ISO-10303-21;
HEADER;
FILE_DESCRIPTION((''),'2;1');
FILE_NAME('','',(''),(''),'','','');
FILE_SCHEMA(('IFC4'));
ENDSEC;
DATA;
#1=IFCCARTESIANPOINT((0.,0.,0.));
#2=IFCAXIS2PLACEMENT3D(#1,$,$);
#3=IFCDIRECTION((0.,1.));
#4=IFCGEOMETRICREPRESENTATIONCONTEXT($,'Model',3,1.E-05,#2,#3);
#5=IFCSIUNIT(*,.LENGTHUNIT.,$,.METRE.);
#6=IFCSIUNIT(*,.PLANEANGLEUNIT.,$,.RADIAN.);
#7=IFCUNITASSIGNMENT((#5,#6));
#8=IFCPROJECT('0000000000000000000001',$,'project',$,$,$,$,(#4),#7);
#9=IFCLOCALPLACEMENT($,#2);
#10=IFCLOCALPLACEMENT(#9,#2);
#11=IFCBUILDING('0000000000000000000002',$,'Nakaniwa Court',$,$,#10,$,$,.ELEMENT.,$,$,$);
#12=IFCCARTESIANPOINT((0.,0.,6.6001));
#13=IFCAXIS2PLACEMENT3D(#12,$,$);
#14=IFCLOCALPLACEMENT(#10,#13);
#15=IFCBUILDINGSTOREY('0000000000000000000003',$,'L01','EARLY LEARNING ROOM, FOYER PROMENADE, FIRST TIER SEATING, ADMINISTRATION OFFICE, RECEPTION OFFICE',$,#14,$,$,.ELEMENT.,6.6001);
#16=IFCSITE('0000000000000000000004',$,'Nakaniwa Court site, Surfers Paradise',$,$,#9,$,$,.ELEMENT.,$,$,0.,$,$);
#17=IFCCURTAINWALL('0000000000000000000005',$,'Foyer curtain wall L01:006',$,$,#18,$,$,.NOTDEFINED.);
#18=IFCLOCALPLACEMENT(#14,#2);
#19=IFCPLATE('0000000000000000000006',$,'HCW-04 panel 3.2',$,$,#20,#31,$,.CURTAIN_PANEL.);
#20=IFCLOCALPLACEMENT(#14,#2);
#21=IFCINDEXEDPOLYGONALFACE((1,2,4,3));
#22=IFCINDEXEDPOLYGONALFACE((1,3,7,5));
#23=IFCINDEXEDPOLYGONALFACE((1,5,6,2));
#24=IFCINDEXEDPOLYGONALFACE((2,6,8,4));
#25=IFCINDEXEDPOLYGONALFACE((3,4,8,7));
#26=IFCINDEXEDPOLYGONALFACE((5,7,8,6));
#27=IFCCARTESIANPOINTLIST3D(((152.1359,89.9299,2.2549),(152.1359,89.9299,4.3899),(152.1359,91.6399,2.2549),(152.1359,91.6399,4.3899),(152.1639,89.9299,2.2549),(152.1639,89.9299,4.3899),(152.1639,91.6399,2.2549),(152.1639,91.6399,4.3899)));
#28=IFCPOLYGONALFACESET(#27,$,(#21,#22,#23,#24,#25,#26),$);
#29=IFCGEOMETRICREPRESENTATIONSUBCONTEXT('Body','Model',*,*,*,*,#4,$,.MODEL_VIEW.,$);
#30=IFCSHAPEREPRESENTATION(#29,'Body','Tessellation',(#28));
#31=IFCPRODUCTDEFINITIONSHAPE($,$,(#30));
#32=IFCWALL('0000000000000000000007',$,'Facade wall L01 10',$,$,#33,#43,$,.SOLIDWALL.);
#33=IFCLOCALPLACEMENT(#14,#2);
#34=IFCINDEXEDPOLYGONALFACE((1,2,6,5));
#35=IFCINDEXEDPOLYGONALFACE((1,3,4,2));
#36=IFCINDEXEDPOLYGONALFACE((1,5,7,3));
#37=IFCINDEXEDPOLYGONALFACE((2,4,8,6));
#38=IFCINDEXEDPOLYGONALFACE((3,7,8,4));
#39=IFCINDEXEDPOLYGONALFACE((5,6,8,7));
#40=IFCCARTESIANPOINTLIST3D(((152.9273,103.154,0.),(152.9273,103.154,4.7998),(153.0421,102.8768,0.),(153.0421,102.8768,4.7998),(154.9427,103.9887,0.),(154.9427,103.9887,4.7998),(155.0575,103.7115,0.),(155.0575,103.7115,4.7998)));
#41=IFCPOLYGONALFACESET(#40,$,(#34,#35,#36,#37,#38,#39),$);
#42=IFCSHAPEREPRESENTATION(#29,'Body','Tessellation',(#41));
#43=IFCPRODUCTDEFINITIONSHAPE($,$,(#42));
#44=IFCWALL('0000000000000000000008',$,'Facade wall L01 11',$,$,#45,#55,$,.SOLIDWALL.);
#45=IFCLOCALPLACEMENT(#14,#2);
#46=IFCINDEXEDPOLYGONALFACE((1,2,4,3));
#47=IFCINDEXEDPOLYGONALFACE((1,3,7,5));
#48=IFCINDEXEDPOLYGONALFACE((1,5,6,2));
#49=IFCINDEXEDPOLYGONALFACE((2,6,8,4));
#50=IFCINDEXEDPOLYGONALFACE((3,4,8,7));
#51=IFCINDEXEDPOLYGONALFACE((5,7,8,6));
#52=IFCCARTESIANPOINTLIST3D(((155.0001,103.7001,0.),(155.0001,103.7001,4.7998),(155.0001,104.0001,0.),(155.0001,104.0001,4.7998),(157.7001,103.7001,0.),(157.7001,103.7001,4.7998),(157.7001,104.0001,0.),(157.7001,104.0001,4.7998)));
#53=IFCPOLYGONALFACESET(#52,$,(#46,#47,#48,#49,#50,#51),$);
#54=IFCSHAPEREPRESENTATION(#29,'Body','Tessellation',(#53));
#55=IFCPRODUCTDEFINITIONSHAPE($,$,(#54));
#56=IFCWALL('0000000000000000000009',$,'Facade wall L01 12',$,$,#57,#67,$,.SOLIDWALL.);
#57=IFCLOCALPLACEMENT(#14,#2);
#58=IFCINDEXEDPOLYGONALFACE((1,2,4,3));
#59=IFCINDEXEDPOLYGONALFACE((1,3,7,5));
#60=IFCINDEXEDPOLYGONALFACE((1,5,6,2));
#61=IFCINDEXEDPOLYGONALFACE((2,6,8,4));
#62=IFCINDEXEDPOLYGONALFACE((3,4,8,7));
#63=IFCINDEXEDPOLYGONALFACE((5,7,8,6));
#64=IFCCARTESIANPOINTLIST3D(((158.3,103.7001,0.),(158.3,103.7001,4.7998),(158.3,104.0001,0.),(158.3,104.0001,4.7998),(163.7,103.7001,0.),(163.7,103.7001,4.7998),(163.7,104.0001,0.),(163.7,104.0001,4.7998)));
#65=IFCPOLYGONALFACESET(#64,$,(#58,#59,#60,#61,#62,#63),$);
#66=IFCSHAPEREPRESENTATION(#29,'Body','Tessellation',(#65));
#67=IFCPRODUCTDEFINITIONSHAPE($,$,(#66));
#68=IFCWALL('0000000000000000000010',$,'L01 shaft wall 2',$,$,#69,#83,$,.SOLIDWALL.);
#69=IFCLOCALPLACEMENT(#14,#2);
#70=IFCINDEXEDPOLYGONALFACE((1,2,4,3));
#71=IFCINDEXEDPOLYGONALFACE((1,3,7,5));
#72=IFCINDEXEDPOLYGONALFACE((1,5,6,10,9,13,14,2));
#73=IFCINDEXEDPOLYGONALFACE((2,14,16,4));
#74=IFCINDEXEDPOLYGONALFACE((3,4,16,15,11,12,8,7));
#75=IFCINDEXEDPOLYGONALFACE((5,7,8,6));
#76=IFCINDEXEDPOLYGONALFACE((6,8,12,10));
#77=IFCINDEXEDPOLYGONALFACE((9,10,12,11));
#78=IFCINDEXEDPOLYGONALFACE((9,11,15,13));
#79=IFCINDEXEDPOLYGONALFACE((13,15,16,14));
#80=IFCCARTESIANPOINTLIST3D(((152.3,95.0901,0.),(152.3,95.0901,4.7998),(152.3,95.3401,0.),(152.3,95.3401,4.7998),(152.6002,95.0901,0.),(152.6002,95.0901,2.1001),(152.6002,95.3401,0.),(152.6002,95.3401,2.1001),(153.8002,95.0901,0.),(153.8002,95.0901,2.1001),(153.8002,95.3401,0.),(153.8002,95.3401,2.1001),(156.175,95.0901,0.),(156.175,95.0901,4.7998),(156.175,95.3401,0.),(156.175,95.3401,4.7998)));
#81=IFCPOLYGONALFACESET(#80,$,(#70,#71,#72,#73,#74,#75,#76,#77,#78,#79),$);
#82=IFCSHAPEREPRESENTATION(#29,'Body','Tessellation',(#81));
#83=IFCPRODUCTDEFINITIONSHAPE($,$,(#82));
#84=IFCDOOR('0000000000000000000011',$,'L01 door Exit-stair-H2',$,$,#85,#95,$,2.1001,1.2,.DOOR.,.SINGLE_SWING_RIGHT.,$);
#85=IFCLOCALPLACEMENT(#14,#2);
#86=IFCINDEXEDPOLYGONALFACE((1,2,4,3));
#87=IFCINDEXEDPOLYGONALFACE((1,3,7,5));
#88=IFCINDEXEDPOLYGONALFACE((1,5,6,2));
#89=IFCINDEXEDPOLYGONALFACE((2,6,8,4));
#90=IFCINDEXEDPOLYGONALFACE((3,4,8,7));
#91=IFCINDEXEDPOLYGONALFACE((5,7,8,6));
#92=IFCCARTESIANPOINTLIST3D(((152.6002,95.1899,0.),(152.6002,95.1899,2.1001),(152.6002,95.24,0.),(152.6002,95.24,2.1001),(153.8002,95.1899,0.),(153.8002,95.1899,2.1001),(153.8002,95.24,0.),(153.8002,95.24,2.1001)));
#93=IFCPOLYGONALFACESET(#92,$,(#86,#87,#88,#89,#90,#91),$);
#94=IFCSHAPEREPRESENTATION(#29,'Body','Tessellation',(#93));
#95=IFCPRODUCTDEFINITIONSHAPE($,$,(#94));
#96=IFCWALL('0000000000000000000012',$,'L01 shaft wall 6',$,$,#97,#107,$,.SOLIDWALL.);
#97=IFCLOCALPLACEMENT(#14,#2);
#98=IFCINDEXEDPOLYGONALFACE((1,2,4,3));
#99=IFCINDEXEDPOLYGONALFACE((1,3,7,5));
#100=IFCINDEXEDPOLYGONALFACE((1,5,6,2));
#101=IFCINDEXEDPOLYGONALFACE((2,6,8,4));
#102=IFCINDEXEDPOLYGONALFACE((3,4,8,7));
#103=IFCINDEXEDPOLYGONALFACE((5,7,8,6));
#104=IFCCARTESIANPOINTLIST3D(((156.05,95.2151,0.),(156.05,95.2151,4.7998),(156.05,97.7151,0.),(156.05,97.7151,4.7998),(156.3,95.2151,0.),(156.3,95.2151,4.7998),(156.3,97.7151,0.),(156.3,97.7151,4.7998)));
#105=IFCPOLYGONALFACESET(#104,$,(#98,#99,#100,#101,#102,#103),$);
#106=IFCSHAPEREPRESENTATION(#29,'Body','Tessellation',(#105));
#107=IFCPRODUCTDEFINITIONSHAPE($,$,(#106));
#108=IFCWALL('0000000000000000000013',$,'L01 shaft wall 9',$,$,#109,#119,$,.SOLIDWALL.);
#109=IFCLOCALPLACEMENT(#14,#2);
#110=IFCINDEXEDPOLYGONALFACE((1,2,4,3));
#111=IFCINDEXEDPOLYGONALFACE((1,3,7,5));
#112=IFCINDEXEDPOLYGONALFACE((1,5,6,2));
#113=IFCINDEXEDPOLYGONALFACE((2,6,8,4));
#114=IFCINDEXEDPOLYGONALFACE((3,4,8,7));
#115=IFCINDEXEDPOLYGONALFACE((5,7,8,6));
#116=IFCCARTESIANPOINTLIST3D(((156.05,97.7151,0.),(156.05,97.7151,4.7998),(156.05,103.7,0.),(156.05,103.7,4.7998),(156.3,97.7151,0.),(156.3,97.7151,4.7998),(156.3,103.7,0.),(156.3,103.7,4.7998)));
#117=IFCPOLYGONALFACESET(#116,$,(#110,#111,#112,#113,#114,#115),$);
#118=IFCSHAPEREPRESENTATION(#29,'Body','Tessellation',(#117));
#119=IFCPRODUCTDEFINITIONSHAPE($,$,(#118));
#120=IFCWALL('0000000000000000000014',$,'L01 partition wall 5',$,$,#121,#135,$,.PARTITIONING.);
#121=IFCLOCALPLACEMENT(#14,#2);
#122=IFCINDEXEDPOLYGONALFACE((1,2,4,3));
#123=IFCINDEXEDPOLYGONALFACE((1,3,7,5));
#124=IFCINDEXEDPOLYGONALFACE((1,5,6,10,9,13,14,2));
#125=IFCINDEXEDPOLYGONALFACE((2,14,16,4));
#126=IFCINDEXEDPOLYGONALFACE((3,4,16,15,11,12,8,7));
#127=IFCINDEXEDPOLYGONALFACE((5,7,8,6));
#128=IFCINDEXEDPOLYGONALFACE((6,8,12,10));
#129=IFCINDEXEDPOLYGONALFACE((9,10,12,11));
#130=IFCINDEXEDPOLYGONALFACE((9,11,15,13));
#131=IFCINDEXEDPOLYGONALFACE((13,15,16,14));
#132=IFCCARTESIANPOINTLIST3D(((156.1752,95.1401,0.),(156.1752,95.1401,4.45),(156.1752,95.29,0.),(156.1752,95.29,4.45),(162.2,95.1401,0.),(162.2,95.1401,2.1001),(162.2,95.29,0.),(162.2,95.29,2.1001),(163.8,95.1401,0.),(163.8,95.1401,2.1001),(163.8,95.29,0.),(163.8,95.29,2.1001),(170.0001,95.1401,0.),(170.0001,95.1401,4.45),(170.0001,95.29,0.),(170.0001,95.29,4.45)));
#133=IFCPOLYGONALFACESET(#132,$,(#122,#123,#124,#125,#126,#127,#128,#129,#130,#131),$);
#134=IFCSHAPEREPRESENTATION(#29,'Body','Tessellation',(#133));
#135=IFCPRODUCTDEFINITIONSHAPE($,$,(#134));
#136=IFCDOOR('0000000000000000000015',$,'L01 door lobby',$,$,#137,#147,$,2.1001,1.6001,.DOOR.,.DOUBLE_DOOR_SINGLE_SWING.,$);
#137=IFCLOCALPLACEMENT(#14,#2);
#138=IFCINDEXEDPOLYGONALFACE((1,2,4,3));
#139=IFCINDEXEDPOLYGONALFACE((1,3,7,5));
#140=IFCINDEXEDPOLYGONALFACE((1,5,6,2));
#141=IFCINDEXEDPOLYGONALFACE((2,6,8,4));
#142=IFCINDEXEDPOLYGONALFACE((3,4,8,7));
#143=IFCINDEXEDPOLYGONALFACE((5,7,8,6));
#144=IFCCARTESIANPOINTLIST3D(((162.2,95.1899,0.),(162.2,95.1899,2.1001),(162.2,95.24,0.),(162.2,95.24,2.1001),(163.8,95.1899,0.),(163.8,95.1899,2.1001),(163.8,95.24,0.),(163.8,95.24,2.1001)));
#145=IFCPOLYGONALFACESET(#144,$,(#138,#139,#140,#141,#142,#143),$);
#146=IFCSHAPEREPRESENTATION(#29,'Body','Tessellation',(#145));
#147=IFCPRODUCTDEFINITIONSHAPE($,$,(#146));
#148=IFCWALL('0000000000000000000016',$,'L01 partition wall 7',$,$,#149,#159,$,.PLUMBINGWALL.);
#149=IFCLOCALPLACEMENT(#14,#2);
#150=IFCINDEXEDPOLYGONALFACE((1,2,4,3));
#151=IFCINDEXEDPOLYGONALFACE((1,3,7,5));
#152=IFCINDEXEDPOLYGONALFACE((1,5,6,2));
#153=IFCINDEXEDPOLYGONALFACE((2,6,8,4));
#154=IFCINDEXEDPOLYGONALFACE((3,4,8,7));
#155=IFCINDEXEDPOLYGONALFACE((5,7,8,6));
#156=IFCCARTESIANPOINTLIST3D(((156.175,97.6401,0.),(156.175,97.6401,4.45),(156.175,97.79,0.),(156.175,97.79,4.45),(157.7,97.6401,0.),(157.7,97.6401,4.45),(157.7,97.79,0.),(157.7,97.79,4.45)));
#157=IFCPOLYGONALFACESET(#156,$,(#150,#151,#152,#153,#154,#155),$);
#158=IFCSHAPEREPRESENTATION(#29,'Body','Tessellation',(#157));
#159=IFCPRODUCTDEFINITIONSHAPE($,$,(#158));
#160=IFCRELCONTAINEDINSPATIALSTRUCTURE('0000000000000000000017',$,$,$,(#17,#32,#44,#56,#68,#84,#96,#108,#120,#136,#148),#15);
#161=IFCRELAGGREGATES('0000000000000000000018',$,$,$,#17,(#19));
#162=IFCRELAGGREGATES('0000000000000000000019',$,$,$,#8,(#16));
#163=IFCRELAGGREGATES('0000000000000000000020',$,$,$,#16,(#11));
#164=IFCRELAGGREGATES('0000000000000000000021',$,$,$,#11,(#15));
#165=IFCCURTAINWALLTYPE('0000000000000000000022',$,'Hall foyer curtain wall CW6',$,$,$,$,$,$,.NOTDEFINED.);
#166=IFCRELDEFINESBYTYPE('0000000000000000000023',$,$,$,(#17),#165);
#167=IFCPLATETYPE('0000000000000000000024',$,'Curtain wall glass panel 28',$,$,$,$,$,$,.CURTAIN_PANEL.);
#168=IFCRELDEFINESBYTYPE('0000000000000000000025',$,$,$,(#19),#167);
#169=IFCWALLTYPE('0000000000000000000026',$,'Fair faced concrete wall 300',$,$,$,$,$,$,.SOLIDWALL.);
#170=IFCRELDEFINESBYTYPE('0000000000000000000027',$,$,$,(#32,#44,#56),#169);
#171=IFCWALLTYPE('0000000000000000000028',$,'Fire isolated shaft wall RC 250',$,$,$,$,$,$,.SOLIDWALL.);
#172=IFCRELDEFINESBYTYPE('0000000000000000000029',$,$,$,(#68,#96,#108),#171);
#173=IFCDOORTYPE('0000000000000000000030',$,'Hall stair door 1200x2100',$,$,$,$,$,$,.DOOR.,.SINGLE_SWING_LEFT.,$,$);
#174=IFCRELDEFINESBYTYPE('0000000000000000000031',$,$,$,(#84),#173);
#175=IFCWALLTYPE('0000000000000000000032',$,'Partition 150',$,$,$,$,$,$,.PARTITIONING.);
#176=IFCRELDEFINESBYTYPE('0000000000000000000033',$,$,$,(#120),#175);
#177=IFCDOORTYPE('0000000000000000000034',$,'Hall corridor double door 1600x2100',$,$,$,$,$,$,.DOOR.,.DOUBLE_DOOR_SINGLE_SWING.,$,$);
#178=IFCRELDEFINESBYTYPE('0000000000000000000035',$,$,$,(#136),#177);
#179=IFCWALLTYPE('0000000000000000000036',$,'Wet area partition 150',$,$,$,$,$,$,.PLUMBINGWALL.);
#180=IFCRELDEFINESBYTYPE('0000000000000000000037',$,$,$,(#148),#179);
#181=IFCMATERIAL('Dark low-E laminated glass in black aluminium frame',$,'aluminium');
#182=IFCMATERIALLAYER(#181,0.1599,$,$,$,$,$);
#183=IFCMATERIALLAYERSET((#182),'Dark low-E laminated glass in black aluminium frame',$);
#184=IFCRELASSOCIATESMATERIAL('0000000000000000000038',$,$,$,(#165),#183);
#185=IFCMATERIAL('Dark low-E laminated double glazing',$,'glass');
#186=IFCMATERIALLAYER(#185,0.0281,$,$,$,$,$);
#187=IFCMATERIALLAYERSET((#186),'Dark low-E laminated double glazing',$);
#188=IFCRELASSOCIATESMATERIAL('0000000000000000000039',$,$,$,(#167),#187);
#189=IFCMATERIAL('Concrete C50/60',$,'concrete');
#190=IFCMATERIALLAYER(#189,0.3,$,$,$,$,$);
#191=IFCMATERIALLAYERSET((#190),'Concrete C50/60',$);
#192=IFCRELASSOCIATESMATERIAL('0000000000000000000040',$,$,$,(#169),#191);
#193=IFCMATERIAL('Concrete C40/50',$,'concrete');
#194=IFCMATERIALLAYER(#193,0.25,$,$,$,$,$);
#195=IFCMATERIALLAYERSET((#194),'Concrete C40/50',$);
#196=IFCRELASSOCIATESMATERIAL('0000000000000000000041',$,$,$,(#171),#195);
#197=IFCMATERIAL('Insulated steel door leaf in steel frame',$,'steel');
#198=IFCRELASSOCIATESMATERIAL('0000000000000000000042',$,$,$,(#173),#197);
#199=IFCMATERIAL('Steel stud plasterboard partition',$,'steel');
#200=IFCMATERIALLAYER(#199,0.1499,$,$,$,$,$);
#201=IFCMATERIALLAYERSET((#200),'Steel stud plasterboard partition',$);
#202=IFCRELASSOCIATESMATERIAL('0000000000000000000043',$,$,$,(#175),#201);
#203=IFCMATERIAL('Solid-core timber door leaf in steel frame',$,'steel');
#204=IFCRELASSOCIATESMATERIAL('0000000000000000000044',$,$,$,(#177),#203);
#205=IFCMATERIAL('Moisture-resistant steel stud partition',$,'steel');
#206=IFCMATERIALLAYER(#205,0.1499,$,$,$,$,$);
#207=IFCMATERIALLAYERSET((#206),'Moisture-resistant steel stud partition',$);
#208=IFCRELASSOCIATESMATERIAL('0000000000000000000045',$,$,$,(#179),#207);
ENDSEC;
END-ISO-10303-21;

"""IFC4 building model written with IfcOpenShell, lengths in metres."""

from ifc_helpers import new_model, si_unit, direction, frame, frame_2d, origin, origin_2d, place, context, subcontext, project, spatial, rectangle, extrude, material, layer, layer_set, type_object, element, fill, aggregate, save


model = new_model("IFC4")

# Units and contexts
model_context = context("Model", 3, precision=1e-05, world=origin(), true_north=direction((0.0, 1.0)))
body_context = subcontext(model_context, "Body", "Model", "MODEL_VIEW")
ifc_project = project(units=[si_unit("LENGTHUNIT", "METRE"), si_unit("PLANEANGLEUNIT", "RADIAN")], contexts=[model_context])

# Site, building, storey
site_placement = place(None, origin())
site = spatial("IfcSite", under=ifc_project, at=site_placement, Name="Nakaniwa Court site, Surfers Paradise", CompositionType="ELEMENT", RefElevation=0.0)
building_placement = place(site_placement, origin())
building = spatial("IfcBuilding", under=site, at=building_placement, Name="Nakaniwa Court", CompositionType="ELEMENT")
storey_placement = place(building_placement, frame((0.0, 0.0, 6.6001)))
storey = spatial("IfcBuildingStorey", under=building, at=storey_placement, Name="L01", Description="EARLY LEARNING ROOM, FOYER PROMENADE, FIRST TIER SEATING, ADMINISTRATION OFFICE, RECEPTION OFFICE", CompositionType="ELEMENT", Elevation=6.6001)

# Shared definitions
ifc_material_1 = material(Name="Concrete C50/60", Category="concrete")

# Curtain wall, plate
ifc_material_2 = material(Name="Dark low-E laminated glass in black aluminium frame", Category="aluminium")
ifc_layer_1 = layer(ifc_material_2, 0.1599)
ifc_layer_set_1 = layer_set([ifc_layer_1], Name="Dark low-E laminated glass in black aluminium frame")
curtain_wall_type = type_object("IfcCurtainWallType", Name="Hall foyer curtain wall CW6", PredefinedType="NOTDEFINED", material=ifc_layer_set_1)
curtain_wall_placement = place(storey_placement, origin())
curtain_wall = element("IfcCurtainWall", 1, at=curtain_wall_placement, inside=storey, type_object=curtain_wall_type, Name="Foyer curtain wall L01:006", PredefinedType="NOTDEFINED")
ifc_material_3 = material(Name="Dark low-E laminated double glazing", Category="glass")
ifc_layer_2 = layer(ifc_material_3, 0.0281)
ifc_layer_set_2 = layer_set([ifc_layer_2], Name="Dark low-E laminated double glazing")
plate_type = type_object("IfcPlateType", Name="Curtain wall glass panel 28", PredefinedType="CURTAIN_PANEL", material=ifc_layer_set_2)
plate_1_placement = place(storey_placement, frame((152.1499, 90.7849, 2.2549), z_axis=(0.0, 0.0, 1.0), x_axis=(0.0, 1.0, 0.0)))
plate_1 = element("IfcPlate", 2, at=plate_1_placement, type_object=plate_type, Name="HCW-04 panel 3.2", PredefinedType="CURTAIN_PANEL", context=body_context, shape_type="SweptSolid", body=[
    extrude(rectangle(XDim=1.71, YDim=0.0281, at=origin_2d()), origin(), (0.0, 0.0, 1.0), 2.135),
])
aggregate(curtain_wall, [plate_1])

# Walls
ifc_layer_3 = layer(ifc_material_1, 0.3)
ifc_layer_set_3 = layer_set([ifc_layer_3], Name="Concrete C50/60")
wall_type_1 = type_object("IfcWallType", Name="Fair faced concrete wall 300", PredefinedType="SOLIDWALL", material=ifc_layer_set_3)
wall_1_placement = place(storey_placement, frame((152.9846, 103.0154, 0.0), z_axis=(0.0, 0.0, 1.0), x_axis=(0.923893, 0.382652, 0.0)))
element("IfcWall", 3, at=wall_1_placement, inside=storey, type_object=wall_type_1, Name="Facade wall L01 10", PredefinedType="SOLIDWALL", context=body_context, shape_type="SweptSolid", body=[
    extrude(rectangle(XDim=2.1814, YDim=0.3, at=frame_2d((1.0908, 0.0))), origin(), (0.0, 0.0, 1.0), 4.7998),
])
wall_2_placement = place(storey_placement, frame((155.0, 103.8501, 0.0), z_axis=(0.0, 0.0, 1.0), x_axis=(1.0, 0.0, 0.0)))
element("IfcWall", 4, at=wall_2_placement, inside=storey, type_object=wall_type_1, Name="Facade wall L01 11", PredefinedType="SOLIDWALL", context=body_context, shape_type="SweptSolid", body=[
    extrude(rectangle(XDim=2.7, YDim=0.3, at=frame_2d((1.3501, 0.0))), origin(), (0.0, 0.0, 1.0), 4.7998),
])
wall_3_placement = place(storey_placement, frame((158.3, 103.8501, 0.0), z_axis=(0.0, 0.0, 1.0), x_axis=(1.0, 0.0, 0.0)))
element("IfcWall", 5, at=wall_3_placement, inside=storey, type_object=wall_type_1, Name="Facade wall L01 12", PredefinedType="SOLIDWALL", context=body_context, shape_type="SweptSolid", body=[
    extrude(rectangle(XDim=5.3999, YDim=0.3, at=frame_2d((2.7, 0.0))), origin(), (0.0, 0.0, 1.0), 4.7998),
])

# Wall, opening, door
ifc_material_4 = material(Name="Concrete C40/50", Category="concrete")
ifc_layer_4 = layer(ifc_material_4, 0.25)
ifc_layer_set_4 = layer_set([ifc_layer_4], Name="Concrete C40/50")
wall_type_2 = type_object("IfcWallType", Name="Fire isolated shaft wall RC 250", PredefinedType="SOLIDWALL", material=ifc_layer_set_4)
wall_4_placement = place(storey_placement, frame((152.3, 95.2151, 0.0), z_axis=(0.0, 0.0, 1.0), x_axis=(1.0, 0.0, 0.0)))
wall_4 = element("IfcWall", 6, at=wall_4_placement, inside=storey, type_object=wall_type_2, Name="L01 shaft wall 2", PredefinedType="SOLIDWALL", context=body_context, shape_type="SweptSolid", body=[
    extrude(rectangle(XDim=3.875, YDim=0.25, at=frame_2d((1.9375, 0.0))), origin(), (0.0, 0.0, 1.0), 4.7998),
])
opening_1_placement = place(wall_4_placement, frame((0.3, 0.0, 0.0)))
opening_1 = element("IfcOpeningElement", 7, at=opening_1_placement, cuts=wall_4, PredefinedType="OPENING", context=body_context, shape_type="SweptSolid", body=[
    extrude(rectangle(XDim=1.2, YDim=2.1001, at=frame_2d((0.6001, 1.05))), frame((0.0, 0.135, 0.0), z_axis=(0.0, -1.0, 0.0), x_axis=(1.0, 0.0, 0.0)), (0.0, 0.0, 1.0), 0.27),
])
ifc_material_5 = material(Name="Insulated steel door leaf in steel frame", Category="steel")
door_type_1 = type_object("IfcDoorType", Name="Hall stair door 1200x2100", OperationType="SINGLE_SWING_LEFT", PredefinedType="DOOR", material=ifc_material_5)
door_1_placement = place(opening_1_placement, origin())
door_1 = element("IfcDoor", 8, at=door_1_placement, inside=storey, type_object=door_type_1, Name="L01 door Exit-stair-H2", OperationType="SINGLE_SWING_RIGHT", OverallHeight=2.1001, OverallWidth=1.2, PredefinedType="DOOR", context=body_context, shape_type="SweptSolid", body=[
    extrude(rectangle(XDim=1.2, YDim=2.1001, at=frame_2d((0.6001, 1.05))), frame((0.0, 0.0249, 0.0), z_axis=(0.0, -1.0, 0.0), x_axis=(1.0, 0.0, 0.0)), (0.0, 0.0, 1.0), 0.05),
])
fill(opening_1, door_1)

# Walls
wall_5_placement = place(storey_placement, frame((156.175, 97.7151, 0.0), z_axis=(0.0, 0.0, 1.0), x_axis=(0.0, -1.0, 0.0)))
element("IfcWall", 9, at=wall_5_placement, inside=storey, type_object=wall_type_2, Name="L01 shaft wall 6", PredefinedType="SOLIDWALL", context=body_context, shape_type="SweptSolid", body=[
    extrude(rectangle(XDim=2.5, YDim=0.25, at=frame_2d((1.25, 0.0))), origin(), (0.0, 0.0, 1.0), 4.7998),
])
wall_6_placement = place(storey_placement, frame((156.175, 103.7, 0.0), z_axis=(0.0, 0.0, 1.0), x_axis=(0.0, -1.0, 0.0)))
element("IfcWall", 10, at=wall_6_placement, inside=storey, type_object=wall_type_2, Name="L01 shaft wall 9", PredefinedType="SOLIDWALL", context=body_context, shape_type="SweptSolid", body=[
    extrude(rectangle(XDim=5.9849, YDim=0.25, at=frame_2d((2.9924, 0.0))), origin(), (0.0, 0.0, 1.0), 4.7998),
])

# Wall, opening, door
ifc_material_6 = material(Name="Steel stud plasterboard partition", Category="steel")
ifc_layer_5 = layer(ifc_material_6, 0.1499)
ifc_layer_set_5 = layer_set([ifc_layer_5], Name="Steel stud plasterboard partition")
wall_type_3 = type_object("IfcWallType", Name="Partition 150", PredefinedType="PARTITIONING", material=ifc_layer_set_5)
wall_7_placement = place(storey_placement, frame((156.175, 95.2151, 0.0), z_axis=(0.0, 0.0, 1.0), x_axis=(1.0, 0.0, 0.0)))
wall_7 = element("IfcWall", 11, at=wall_7_placement, inside=storey, type_object=wall_type_3, Name="L01 partition wall 5", PredefinedType="PARTITIONING", context=body_context, shape_type="SweptSolid", body=[
    extrude(rectangle(XDim=13.825, YDim=0.1499, at=frame_2d((6.9126, 0.0))), origin(), (0.0, 0.0, 1.0), 4.45),
])
opening_2_placement = place(wall_7_placement, frame((6.0249, 0.0, 0.0)))
opening_2 = element("IfcOpeningElement", 12, at=opening_2_placement, cuts=wall_7, PredefinedType="OPENING", context=body_context, shape_type="SweptSolid", body=[
    extrude(rectangle(XDim=1.6001, YDim=2.1001, at=frame_2d((0.8, 1.05))), frame((0.0, 0.085, 0.0), z_axis=(0.0, -1.0, 0.0), x_axis=(1.0, 0.0, 0.0)), (0.0, 0.0, 1.0), 0.1699),
])
ifc_material_7 = material(Name="Solid-core timber door leaf in steel frame", Category="steel")
door_type_2 = type_object("IfcDoorType", Name="Hall corridor double door 1600x2100", OperationType="DOUBLE_DOOR_SINGLE_SWING", PredefinedType="DOOR", material=ifc_material_7)
door_2_placement = place(opening_2_placement, origin())
door_2 = element("IfcDoor", 13, at=door_2_placement, inside=storey, type_object=door_type_2, Name="L01 door lobby", OperationType="DOUBLE_DOOR_SINGLE_SWING", OverallHeight=2.1001, OverallWidth=1.6001, PredefinedType="DOOR", context=body_context, shape_type="SweptSolid", body=[
    extrude(rectangle(XDim=1.6001, YDim=2.1001, at=frame_2d((0.8, 1.05))), frame((0.0, 0.0249, 0.0), z_axis=(0.0, -1.0, 0.0), x_axis=(1.0, 0.0, 0.0)), (0.0, 0.0, 1.0), 0.05),
])
fill(opening_2, door_2)

# Wall
ifc_material_8 = material(Name="Moisture-resistant steel stud partition", Category="steel")
ifc_layer_6 = layer(ifc_material_8, 0.1499)
ifc_layer_set_6 = layer_set([ifc_layer_6], Name="Moisture-resistant steel stud partition")
wall_type_4 = type_object("IfcWallType", Name="Wet area partition 150", PredefinedType="PLUMBINGWALL", material=ifc_layer_set_6)
wall_8_placement = place(storey_placement, frame((156.175, 97.7151, 0.0), z_axis=(0.0, 0.0, 1.0), x_axis=(1.0, 0.0, 0.0)))
element("IfcWall", 14, at=wall_8_placement, inside=storey, type_object=wall_type_4, Name="L01 partition wall 7", PredefinedType="PLUMBINGWALL", context=body_context, shape_type="SweptSolid", body=[
    extrude(rectangle(XDim=1.5249, YDim=0.1499, at=frame_2d((0.7625, 0.0))), origin(), (0.0, 0.0, 1.0), 4.45),
])

save(model, "model.ifc")
